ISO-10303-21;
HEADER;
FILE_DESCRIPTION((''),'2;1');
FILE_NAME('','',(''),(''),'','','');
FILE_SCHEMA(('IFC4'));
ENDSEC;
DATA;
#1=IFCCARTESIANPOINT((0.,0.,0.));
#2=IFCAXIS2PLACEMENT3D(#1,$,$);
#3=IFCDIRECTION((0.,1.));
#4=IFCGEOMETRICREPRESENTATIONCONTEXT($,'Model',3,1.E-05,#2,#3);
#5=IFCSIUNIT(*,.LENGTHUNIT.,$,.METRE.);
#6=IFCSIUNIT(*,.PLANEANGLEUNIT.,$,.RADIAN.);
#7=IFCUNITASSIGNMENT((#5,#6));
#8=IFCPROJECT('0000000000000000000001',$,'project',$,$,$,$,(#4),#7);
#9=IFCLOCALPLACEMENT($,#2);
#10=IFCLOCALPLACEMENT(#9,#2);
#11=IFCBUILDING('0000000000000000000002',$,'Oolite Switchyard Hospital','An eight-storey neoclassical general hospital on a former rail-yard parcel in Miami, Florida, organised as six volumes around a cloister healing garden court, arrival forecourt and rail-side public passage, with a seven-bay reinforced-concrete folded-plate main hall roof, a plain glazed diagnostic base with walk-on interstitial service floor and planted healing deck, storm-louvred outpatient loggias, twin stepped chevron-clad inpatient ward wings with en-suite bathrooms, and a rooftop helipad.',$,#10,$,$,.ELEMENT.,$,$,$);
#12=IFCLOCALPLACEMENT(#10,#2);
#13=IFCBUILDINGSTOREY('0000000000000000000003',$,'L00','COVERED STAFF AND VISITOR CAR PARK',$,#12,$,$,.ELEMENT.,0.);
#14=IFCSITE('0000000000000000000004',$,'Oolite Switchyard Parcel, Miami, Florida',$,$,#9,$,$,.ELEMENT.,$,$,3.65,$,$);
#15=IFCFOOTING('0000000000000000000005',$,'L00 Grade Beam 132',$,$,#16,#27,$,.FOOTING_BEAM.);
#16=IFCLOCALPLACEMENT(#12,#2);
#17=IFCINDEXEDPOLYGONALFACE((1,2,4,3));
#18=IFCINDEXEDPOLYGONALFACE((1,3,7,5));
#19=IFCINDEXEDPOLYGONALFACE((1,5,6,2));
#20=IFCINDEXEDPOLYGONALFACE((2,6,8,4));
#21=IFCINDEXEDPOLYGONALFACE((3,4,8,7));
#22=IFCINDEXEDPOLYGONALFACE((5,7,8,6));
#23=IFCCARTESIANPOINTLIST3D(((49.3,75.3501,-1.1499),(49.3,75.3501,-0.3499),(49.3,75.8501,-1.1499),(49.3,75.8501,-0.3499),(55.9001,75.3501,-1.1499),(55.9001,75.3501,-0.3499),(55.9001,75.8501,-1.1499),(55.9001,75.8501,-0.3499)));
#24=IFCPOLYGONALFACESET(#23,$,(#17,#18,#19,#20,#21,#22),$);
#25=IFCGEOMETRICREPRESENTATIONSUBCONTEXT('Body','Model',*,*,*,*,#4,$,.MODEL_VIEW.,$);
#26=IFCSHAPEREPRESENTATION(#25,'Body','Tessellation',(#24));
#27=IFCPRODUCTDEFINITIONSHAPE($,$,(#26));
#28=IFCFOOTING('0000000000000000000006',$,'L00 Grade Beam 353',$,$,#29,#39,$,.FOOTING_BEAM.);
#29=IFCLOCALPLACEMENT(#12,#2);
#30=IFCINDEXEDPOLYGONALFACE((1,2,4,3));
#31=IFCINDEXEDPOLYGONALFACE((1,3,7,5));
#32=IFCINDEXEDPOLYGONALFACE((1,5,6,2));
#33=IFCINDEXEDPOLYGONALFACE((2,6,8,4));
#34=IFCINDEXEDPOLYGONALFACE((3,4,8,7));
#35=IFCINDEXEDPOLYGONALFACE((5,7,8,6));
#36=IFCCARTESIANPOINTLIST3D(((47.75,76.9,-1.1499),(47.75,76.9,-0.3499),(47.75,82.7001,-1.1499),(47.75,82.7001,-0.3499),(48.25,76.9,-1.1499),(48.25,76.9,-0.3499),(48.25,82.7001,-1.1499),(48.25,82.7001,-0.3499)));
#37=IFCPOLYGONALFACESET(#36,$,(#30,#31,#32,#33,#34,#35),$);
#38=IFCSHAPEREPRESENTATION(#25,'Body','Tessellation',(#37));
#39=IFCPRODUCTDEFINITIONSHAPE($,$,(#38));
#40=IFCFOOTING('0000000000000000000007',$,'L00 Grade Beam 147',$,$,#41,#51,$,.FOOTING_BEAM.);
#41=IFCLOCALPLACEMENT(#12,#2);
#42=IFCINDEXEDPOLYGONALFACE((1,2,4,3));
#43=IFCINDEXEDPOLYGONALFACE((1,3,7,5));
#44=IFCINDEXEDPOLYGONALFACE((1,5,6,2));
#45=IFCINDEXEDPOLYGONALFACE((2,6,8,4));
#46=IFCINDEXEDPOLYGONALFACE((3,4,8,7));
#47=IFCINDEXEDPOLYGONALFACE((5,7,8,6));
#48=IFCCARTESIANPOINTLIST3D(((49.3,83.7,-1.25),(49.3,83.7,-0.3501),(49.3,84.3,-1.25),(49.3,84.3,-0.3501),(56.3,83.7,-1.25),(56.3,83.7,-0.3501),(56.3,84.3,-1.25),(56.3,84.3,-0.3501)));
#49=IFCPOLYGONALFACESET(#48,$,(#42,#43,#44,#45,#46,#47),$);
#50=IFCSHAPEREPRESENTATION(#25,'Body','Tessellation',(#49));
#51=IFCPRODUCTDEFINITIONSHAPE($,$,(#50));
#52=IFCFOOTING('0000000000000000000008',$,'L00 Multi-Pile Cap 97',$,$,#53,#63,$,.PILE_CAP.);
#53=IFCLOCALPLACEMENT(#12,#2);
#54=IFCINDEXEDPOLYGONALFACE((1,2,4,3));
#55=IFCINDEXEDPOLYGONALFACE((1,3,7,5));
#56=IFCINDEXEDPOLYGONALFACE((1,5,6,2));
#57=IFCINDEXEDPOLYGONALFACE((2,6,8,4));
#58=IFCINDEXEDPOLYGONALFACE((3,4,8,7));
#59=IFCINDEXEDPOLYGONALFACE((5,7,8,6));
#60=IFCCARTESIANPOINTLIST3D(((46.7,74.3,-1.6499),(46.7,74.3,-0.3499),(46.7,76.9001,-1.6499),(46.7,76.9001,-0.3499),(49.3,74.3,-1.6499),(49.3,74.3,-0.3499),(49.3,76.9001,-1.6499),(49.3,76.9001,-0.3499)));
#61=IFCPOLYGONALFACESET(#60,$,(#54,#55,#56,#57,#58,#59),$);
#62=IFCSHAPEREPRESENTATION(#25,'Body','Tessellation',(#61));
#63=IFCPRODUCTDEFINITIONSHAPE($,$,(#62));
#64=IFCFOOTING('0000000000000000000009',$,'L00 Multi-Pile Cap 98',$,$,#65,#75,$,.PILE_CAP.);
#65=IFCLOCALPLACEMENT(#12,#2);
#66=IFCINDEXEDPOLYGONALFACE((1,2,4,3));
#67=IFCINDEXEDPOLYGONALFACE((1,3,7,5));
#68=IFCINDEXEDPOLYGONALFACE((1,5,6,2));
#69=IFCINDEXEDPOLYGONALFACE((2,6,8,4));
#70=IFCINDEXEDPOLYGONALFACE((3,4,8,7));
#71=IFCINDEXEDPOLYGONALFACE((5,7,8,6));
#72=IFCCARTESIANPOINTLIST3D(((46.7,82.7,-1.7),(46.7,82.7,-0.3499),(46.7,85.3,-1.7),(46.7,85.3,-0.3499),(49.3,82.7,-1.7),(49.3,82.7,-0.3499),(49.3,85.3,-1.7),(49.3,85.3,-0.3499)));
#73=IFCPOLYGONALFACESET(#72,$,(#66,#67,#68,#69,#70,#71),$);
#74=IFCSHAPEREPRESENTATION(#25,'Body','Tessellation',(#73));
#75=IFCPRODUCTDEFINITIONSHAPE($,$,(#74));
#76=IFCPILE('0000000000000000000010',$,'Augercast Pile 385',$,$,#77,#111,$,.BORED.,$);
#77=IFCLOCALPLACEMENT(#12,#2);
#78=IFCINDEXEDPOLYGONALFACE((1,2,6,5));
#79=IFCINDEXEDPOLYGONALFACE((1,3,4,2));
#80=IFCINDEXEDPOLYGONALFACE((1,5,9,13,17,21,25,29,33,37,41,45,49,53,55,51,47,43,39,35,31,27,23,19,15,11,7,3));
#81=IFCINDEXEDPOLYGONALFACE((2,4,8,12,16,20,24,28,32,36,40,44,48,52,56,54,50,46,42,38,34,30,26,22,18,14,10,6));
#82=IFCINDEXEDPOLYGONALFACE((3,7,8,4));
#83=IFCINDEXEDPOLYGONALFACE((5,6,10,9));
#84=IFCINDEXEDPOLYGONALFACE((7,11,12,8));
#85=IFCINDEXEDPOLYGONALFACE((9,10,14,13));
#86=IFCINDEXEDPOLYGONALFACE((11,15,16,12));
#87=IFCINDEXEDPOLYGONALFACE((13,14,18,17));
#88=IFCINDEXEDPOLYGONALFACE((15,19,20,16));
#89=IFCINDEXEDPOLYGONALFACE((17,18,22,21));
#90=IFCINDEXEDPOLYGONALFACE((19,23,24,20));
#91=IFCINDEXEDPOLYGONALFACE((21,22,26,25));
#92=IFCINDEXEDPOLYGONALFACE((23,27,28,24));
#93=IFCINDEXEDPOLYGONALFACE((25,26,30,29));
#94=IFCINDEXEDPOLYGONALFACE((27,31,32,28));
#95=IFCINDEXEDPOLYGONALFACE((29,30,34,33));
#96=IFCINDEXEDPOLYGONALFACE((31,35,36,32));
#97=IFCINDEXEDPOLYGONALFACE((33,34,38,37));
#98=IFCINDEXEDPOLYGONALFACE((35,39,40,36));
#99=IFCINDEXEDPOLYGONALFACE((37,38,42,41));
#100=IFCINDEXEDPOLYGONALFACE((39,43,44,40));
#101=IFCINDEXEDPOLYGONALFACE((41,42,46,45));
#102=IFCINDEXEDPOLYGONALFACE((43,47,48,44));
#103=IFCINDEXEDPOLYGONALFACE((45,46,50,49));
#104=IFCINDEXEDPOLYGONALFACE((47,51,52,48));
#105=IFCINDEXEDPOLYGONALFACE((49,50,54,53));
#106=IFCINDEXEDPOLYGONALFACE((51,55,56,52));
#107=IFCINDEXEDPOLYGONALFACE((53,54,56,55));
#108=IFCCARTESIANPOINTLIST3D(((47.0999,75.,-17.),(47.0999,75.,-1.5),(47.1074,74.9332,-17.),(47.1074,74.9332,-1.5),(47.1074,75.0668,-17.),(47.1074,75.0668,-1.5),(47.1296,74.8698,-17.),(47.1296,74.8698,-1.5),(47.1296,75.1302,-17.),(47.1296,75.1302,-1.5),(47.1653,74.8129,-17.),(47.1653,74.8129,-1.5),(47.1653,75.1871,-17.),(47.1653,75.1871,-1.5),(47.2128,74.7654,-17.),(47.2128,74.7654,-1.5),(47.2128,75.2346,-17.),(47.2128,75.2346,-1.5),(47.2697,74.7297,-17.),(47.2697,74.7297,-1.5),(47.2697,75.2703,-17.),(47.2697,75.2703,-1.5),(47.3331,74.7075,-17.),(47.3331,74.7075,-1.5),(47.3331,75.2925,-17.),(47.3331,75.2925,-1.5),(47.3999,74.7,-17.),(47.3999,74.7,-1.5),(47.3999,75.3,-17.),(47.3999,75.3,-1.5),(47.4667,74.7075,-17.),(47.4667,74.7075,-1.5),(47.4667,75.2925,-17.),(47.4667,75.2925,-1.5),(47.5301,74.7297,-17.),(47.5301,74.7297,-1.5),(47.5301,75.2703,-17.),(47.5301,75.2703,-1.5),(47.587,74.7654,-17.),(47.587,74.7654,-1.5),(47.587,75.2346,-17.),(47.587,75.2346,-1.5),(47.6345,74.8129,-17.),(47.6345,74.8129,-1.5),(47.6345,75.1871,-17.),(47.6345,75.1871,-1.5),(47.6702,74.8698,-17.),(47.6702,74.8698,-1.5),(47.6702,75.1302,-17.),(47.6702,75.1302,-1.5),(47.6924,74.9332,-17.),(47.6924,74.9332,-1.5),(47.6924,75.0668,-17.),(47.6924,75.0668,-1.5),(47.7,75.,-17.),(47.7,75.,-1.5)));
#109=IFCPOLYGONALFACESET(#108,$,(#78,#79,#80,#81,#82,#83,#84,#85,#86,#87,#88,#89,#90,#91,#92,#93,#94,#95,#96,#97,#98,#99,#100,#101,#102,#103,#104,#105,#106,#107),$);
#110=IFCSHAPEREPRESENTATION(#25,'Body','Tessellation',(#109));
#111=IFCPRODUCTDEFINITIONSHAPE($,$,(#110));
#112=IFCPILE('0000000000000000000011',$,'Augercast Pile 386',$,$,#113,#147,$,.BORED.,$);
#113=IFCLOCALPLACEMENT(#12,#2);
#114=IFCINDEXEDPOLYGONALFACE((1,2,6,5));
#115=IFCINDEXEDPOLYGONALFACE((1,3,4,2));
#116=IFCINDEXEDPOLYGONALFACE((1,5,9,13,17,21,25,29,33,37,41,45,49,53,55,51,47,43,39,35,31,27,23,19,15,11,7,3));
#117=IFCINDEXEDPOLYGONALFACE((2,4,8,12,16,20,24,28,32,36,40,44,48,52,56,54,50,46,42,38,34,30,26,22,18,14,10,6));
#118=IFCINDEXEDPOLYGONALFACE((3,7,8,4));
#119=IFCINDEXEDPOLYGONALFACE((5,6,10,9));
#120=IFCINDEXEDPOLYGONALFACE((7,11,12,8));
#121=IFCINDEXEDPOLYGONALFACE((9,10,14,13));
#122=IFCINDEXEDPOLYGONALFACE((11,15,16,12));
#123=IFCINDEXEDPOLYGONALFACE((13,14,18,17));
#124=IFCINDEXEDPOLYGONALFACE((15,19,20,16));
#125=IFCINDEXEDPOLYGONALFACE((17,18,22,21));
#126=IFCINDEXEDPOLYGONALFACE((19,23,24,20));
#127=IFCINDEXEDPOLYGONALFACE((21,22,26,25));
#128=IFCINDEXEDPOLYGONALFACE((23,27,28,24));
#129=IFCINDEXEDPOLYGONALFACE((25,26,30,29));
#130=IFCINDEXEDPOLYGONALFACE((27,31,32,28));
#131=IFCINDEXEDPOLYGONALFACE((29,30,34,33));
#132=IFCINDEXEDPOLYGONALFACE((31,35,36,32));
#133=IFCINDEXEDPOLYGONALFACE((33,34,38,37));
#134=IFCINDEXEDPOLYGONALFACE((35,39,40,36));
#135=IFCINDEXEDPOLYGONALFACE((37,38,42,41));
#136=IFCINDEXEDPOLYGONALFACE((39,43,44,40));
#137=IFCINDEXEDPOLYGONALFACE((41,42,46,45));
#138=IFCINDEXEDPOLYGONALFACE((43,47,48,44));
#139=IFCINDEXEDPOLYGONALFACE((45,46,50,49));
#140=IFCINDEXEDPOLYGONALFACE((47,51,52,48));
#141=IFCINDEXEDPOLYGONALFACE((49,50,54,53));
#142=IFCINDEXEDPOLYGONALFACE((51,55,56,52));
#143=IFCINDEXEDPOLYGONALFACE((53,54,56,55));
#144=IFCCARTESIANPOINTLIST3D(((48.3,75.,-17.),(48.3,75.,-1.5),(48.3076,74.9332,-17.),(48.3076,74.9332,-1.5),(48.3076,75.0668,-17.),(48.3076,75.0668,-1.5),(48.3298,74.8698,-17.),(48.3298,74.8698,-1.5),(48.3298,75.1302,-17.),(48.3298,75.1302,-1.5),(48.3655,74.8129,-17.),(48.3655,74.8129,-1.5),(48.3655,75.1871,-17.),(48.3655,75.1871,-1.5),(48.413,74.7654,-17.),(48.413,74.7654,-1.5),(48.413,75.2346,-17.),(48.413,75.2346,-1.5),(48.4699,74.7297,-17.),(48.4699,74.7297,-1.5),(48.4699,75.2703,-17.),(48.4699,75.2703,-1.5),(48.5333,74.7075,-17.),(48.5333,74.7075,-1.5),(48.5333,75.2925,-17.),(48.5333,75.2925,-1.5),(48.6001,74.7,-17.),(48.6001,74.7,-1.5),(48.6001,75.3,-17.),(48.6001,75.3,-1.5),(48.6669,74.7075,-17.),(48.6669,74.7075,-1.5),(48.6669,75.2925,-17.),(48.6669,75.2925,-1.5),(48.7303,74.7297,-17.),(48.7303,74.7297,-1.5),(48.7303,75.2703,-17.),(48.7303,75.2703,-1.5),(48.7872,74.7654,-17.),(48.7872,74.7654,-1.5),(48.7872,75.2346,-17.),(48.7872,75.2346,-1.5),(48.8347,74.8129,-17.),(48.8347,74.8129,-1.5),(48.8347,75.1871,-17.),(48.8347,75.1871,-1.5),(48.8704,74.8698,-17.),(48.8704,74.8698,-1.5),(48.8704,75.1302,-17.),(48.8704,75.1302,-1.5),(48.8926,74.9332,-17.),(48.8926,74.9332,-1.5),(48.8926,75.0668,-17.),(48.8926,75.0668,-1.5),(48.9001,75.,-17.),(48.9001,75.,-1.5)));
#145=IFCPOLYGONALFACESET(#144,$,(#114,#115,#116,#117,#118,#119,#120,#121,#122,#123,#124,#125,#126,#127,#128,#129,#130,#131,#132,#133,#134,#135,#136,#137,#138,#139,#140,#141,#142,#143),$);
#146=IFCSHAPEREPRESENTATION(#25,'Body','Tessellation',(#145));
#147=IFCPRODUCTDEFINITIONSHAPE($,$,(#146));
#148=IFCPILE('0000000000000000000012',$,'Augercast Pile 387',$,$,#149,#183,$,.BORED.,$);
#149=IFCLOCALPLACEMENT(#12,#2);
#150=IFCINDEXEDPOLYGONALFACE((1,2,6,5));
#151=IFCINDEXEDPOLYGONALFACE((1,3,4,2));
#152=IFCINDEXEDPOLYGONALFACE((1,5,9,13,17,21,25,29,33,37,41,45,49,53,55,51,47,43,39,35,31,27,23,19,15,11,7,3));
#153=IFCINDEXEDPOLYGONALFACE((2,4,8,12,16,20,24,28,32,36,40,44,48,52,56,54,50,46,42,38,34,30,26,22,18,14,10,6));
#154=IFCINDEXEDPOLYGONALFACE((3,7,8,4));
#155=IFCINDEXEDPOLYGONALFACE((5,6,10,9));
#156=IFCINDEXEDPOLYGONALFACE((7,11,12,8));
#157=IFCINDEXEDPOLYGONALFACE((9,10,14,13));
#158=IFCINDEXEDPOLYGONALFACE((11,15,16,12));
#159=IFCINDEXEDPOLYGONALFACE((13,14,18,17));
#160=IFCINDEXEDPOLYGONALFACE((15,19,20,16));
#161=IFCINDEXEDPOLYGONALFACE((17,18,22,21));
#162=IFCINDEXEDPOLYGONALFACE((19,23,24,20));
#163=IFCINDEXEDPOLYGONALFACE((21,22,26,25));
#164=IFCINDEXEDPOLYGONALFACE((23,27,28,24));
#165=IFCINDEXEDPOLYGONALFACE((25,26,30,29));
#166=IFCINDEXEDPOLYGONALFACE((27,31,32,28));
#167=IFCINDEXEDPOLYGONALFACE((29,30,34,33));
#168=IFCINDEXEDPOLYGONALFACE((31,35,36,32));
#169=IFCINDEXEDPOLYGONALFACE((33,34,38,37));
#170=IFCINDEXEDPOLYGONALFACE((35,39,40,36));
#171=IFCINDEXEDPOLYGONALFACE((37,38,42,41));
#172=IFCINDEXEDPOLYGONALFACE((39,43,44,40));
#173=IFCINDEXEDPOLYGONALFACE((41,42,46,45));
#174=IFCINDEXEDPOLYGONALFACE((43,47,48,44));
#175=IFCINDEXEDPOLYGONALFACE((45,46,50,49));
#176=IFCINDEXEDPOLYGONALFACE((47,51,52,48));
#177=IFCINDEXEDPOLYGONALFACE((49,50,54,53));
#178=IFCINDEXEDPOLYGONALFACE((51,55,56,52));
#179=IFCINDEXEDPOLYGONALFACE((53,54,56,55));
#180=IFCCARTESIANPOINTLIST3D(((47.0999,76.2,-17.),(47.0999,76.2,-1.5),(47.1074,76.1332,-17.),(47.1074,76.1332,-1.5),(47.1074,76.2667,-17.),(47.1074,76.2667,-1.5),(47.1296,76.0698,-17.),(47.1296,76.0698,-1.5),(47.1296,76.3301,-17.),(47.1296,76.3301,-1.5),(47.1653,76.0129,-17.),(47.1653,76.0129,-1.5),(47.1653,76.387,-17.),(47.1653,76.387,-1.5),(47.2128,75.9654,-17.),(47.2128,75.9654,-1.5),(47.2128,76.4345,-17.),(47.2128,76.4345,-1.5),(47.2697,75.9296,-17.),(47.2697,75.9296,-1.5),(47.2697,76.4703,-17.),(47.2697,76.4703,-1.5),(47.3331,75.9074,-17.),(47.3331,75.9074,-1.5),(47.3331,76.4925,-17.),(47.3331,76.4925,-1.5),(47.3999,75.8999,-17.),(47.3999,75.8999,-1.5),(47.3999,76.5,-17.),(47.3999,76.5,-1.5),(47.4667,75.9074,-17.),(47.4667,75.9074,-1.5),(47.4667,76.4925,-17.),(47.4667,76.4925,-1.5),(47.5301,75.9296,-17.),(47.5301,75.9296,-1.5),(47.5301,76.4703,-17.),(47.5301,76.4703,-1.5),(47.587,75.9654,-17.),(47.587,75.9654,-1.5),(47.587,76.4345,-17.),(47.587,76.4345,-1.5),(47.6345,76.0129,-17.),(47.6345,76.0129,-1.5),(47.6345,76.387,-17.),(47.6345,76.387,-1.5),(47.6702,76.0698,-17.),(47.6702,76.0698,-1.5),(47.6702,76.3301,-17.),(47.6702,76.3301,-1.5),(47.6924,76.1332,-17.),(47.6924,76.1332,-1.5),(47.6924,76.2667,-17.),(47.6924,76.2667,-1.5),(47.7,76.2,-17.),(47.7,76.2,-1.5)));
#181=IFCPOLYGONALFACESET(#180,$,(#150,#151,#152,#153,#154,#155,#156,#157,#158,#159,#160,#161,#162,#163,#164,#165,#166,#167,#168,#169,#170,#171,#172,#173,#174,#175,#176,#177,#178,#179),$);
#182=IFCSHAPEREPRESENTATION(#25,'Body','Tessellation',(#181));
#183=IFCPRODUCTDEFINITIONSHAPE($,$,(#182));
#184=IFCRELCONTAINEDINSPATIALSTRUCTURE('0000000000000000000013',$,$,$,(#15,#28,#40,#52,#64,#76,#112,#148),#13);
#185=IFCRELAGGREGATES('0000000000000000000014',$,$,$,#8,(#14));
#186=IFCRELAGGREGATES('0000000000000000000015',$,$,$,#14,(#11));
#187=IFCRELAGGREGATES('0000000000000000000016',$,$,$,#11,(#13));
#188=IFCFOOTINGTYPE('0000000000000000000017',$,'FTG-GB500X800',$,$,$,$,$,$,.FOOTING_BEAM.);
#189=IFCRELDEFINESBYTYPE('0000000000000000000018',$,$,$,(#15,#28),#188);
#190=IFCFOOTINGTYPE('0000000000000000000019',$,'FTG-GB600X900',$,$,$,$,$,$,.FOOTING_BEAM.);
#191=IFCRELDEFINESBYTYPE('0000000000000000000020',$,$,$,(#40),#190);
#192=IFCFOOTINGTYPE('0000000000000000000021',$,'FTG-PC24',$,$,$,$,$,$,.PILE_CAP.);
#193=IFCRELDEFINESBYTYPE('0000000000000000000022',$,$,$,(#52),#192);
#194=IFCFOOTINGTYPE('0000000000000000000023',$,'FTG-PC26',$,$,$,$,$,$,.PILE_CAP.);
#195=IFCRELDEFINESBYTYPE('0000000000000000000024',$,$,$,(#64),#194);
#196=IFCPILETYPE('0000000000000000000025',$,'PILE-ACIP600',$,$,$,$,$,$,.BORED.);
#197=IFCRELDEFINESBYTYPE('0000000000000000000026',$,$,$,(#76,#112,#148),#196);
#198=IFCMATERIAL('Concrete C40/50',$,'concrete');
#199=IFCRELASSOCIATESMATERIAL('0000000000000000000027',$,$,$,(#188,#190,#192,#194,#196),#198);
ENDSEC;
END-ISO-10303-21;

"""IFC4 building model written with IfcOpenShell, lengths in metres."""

from ifc_helpers import new_model, si_unit, direction, frame, origin, origin_2d, place, context, subcontext, project, spatial, rectangle, circle, extrude, material, material_profile, profile_set, type_object, element, save


model = new_model("IFC4")

# Units and contexts
model_context = context("Model", 3, precision=1e-05, world=origin(), true_north=direction((0.0, 1.0)))
body_context = subcontext(model_context, "Body", "Model", "MODEL_VIEW")
ifc_project = project(units=[si_unit("LENGTHUNIT", "METRE"), si_unit("PLANEANGLEUNIT", "RADIAN")], contexts=[model_context])

# Site, building, storey
site_placement = place(None, origin())
site = spatial("IfcSite", under=ifc_project, at=site_placement, Name="Oolite Switchyard Parcel, Miami, Florida", CompositionType="ELEMENT", RefElevation=3.65)
building_placement = place(site_placement, origin())
building = spatial("IfcBuilding", under=site, at=building_placement, Name="Oolite Switchyard Hospital", Description="An eight-storey neoclassical general hospital on a former rail-yard parcel in Miami, Florida, organised as six volumes around a cloister healing garden court, arrival forecourt and rail-side public passage, with a seven-bay reinforced-concrete folded-plate main hall roof, a plain glazed diagnostic base with walk-on interstitial service floor and planted healing deck, storm-louvred outpatient loggias, twin stepped chevron-clad inpatient ward wings with en-suite bathrooms, and a rooftop helipad.", CompositionType="ELEMENT")
storey_placement = place(building_placement, origin())
storey = spatial("IfcBuildingStorey", under=building, at=storey_placement, Name="L00", Description="COVERED STAFF AND VISITOR CAR PARK", CompositionType="ELEMENT", Elevation=0.0)

# Footings
ifc_material_1 = material(Name="Concrete C40/50", Category="concrete")
footing_type_1 = type_object("IfcFootingType", Name="FTG-GB500X800", PredefinedType="FOOTING_BEAM", material=ifc_material_1)
footing_1_placement = place(storey_placement, frame((52.6001, 75.6001, -1.1499), z_axis=(0.0, 0.0, 1.0), x_axis=(1.0, 0.0, 0.0)))
element("IfcFooting", 1, at=footing_1_placement, inside=storey, type_object=footing_type_1, Name="L00 Grade Beam 132", PredefinedType="FOOTING_BEAM", context=body_context, shape_type="SweptSolid", body=[
    extrude(rectangle(XDim=6.6001, YDim=0.5, at=origin_2d()), origin(), (0.0, 0.0, 1.0), 0.8),
])
footing_2_placement = place(storey_placement, frame((48.0, 79.8, -1.1499), z_axis=(0.0, 0.0, 1.0), x_axis=(0.0, 1.0, 0.0)))
element("IfcFooting", 2, at=footing_2_placement, inside=storey, type_object=footing_type_1, Name="L00 Grade Beam 353", PredefinedType="FOOTING_BEAM", context=body_context, shape_type="SweptSolid", body=[
    extrude(rectangle(XDim=5.8, YDim=0.5, at=origin_2d()), origin(), (0.0, 0.0, 1.0), 0.8),
])
footing_type_2 = type_object("IfcFootingType", Name="FTG-GB600X900", PredefinedType="FOOTING_BEAM", material=ifc_material_1)
footing_3_placement = place(storey_placement, frame((52.8, 84.0, -1.25), z_axis=(0.0, 0.0, 1.0), x_axis=(1.0, 0.0, 0.0)))
element("IfcFooting", 3, at=footing_3_placement, inside=storey, type_object=footing_type_2, Name="L00 Grade Beam 147", PredefinedType="FOOTING_BEAM", context=body_context, shape_type="SweptSolid", body=[
    extrude(rectangle(XDim=7.0, YDim=0.6001, at=origin_2d()), origin(), (0.0, 0.0, 1.0), 0.8999),
])
footing_type_3 = type_object("IfcFootingType", Name="FTG-PC24", PredefinedType="PILE_CAP", material=ifc_material_1)
footing_4_placement = place(storey_placement, frame((48.0, 75.6001, -1.6499), z_axis=(0.0, 0.0, 1.0), x_axis=(1.0, 0.0, 0.0)))
element("IfcFooting", 4, at=footing_4_placement, inside=storey, type_object=footing_type_3, Name="L00 Multi-Pile Cap 97", PredefinedType="PILE_CAP", context=body_context, shape_type="SweptSolid", body=[
    extrude(rectangle(XDim=2.6001, YDim=2.6001, at=origin_2d()), origin(), (0.0, 0.0, 1.0), 1.3),
])
footing_type_4 = type_object("IfcFootingType", Name="FTG-PC26", PredefinedType="PILE_CAP", material=ifc_material_1)
footing_5_placement = place(storey_placement, frame((48.0, 84.0, -1.7), z_axis=(0.0, 0.0, 1.0), x_axis=(1.0, 0.0, 0.0)))
element("IfcFooting", 5, at=footing_5_placement, inside=storey, type_object=footing_type_4, Name="L00 Multi-Pile Cap 98", PredefinedType="PILE_CAP", context=body_context, shape_type="SweptSolid", body=[
    extrude(rectangle(XDim=2.6001, YDim=2.6001, at=origin_2d()), origin(), (0.0, 0.0, 1.0), 1.3501),
])

# Piles
ifc_material_profile_1 = material_profile(ifc_material_1, circle(Radius=0.3, at=origin_2d()), Name="PILE600")
ifc_profile_set_1 = profile_set([ifc_material_profile_1], Name="Concrete C40/50")
pile_type = type_object("IfcPileType", Name="PILE-ACIP600", PredefinedType="BORED", material=ifc_profile_set_1)
for number, where, z_axis, x_axis, name in (
    (6, (47.3999, 75.0, -1.5), (0.0, 0.0, -1.0), (1.0, 0.0, 0.0), "Augercast Pile 385"),
    (7, (48.6001, 75.0, -1.5), (0.0, 0.0, -1.0), (1.0, 0.0, 0.0), "Augercast Pile 386"),
    (8, (47.3999, 76.2, -1.5), (0.0, 0.0, -1.0), (1.0, 0.0, 0.0), "Augercast Pile 387"),
):
    element("IfcPile", number, at=place(storey_placement, frame(where, z_axis=z_axis, x_axis=x_axis)), inside=storey, type_object=pile_type, Name=name, PredefinedType="BORED", context=body_context, shape_type="SweptSolid", body=[
        extrude(circle(Radius=0.3, at=origin_2d()), origin(), (0.0, 0.0, 1.0), 15.5),
    ])

save(model, "model.ifc")
